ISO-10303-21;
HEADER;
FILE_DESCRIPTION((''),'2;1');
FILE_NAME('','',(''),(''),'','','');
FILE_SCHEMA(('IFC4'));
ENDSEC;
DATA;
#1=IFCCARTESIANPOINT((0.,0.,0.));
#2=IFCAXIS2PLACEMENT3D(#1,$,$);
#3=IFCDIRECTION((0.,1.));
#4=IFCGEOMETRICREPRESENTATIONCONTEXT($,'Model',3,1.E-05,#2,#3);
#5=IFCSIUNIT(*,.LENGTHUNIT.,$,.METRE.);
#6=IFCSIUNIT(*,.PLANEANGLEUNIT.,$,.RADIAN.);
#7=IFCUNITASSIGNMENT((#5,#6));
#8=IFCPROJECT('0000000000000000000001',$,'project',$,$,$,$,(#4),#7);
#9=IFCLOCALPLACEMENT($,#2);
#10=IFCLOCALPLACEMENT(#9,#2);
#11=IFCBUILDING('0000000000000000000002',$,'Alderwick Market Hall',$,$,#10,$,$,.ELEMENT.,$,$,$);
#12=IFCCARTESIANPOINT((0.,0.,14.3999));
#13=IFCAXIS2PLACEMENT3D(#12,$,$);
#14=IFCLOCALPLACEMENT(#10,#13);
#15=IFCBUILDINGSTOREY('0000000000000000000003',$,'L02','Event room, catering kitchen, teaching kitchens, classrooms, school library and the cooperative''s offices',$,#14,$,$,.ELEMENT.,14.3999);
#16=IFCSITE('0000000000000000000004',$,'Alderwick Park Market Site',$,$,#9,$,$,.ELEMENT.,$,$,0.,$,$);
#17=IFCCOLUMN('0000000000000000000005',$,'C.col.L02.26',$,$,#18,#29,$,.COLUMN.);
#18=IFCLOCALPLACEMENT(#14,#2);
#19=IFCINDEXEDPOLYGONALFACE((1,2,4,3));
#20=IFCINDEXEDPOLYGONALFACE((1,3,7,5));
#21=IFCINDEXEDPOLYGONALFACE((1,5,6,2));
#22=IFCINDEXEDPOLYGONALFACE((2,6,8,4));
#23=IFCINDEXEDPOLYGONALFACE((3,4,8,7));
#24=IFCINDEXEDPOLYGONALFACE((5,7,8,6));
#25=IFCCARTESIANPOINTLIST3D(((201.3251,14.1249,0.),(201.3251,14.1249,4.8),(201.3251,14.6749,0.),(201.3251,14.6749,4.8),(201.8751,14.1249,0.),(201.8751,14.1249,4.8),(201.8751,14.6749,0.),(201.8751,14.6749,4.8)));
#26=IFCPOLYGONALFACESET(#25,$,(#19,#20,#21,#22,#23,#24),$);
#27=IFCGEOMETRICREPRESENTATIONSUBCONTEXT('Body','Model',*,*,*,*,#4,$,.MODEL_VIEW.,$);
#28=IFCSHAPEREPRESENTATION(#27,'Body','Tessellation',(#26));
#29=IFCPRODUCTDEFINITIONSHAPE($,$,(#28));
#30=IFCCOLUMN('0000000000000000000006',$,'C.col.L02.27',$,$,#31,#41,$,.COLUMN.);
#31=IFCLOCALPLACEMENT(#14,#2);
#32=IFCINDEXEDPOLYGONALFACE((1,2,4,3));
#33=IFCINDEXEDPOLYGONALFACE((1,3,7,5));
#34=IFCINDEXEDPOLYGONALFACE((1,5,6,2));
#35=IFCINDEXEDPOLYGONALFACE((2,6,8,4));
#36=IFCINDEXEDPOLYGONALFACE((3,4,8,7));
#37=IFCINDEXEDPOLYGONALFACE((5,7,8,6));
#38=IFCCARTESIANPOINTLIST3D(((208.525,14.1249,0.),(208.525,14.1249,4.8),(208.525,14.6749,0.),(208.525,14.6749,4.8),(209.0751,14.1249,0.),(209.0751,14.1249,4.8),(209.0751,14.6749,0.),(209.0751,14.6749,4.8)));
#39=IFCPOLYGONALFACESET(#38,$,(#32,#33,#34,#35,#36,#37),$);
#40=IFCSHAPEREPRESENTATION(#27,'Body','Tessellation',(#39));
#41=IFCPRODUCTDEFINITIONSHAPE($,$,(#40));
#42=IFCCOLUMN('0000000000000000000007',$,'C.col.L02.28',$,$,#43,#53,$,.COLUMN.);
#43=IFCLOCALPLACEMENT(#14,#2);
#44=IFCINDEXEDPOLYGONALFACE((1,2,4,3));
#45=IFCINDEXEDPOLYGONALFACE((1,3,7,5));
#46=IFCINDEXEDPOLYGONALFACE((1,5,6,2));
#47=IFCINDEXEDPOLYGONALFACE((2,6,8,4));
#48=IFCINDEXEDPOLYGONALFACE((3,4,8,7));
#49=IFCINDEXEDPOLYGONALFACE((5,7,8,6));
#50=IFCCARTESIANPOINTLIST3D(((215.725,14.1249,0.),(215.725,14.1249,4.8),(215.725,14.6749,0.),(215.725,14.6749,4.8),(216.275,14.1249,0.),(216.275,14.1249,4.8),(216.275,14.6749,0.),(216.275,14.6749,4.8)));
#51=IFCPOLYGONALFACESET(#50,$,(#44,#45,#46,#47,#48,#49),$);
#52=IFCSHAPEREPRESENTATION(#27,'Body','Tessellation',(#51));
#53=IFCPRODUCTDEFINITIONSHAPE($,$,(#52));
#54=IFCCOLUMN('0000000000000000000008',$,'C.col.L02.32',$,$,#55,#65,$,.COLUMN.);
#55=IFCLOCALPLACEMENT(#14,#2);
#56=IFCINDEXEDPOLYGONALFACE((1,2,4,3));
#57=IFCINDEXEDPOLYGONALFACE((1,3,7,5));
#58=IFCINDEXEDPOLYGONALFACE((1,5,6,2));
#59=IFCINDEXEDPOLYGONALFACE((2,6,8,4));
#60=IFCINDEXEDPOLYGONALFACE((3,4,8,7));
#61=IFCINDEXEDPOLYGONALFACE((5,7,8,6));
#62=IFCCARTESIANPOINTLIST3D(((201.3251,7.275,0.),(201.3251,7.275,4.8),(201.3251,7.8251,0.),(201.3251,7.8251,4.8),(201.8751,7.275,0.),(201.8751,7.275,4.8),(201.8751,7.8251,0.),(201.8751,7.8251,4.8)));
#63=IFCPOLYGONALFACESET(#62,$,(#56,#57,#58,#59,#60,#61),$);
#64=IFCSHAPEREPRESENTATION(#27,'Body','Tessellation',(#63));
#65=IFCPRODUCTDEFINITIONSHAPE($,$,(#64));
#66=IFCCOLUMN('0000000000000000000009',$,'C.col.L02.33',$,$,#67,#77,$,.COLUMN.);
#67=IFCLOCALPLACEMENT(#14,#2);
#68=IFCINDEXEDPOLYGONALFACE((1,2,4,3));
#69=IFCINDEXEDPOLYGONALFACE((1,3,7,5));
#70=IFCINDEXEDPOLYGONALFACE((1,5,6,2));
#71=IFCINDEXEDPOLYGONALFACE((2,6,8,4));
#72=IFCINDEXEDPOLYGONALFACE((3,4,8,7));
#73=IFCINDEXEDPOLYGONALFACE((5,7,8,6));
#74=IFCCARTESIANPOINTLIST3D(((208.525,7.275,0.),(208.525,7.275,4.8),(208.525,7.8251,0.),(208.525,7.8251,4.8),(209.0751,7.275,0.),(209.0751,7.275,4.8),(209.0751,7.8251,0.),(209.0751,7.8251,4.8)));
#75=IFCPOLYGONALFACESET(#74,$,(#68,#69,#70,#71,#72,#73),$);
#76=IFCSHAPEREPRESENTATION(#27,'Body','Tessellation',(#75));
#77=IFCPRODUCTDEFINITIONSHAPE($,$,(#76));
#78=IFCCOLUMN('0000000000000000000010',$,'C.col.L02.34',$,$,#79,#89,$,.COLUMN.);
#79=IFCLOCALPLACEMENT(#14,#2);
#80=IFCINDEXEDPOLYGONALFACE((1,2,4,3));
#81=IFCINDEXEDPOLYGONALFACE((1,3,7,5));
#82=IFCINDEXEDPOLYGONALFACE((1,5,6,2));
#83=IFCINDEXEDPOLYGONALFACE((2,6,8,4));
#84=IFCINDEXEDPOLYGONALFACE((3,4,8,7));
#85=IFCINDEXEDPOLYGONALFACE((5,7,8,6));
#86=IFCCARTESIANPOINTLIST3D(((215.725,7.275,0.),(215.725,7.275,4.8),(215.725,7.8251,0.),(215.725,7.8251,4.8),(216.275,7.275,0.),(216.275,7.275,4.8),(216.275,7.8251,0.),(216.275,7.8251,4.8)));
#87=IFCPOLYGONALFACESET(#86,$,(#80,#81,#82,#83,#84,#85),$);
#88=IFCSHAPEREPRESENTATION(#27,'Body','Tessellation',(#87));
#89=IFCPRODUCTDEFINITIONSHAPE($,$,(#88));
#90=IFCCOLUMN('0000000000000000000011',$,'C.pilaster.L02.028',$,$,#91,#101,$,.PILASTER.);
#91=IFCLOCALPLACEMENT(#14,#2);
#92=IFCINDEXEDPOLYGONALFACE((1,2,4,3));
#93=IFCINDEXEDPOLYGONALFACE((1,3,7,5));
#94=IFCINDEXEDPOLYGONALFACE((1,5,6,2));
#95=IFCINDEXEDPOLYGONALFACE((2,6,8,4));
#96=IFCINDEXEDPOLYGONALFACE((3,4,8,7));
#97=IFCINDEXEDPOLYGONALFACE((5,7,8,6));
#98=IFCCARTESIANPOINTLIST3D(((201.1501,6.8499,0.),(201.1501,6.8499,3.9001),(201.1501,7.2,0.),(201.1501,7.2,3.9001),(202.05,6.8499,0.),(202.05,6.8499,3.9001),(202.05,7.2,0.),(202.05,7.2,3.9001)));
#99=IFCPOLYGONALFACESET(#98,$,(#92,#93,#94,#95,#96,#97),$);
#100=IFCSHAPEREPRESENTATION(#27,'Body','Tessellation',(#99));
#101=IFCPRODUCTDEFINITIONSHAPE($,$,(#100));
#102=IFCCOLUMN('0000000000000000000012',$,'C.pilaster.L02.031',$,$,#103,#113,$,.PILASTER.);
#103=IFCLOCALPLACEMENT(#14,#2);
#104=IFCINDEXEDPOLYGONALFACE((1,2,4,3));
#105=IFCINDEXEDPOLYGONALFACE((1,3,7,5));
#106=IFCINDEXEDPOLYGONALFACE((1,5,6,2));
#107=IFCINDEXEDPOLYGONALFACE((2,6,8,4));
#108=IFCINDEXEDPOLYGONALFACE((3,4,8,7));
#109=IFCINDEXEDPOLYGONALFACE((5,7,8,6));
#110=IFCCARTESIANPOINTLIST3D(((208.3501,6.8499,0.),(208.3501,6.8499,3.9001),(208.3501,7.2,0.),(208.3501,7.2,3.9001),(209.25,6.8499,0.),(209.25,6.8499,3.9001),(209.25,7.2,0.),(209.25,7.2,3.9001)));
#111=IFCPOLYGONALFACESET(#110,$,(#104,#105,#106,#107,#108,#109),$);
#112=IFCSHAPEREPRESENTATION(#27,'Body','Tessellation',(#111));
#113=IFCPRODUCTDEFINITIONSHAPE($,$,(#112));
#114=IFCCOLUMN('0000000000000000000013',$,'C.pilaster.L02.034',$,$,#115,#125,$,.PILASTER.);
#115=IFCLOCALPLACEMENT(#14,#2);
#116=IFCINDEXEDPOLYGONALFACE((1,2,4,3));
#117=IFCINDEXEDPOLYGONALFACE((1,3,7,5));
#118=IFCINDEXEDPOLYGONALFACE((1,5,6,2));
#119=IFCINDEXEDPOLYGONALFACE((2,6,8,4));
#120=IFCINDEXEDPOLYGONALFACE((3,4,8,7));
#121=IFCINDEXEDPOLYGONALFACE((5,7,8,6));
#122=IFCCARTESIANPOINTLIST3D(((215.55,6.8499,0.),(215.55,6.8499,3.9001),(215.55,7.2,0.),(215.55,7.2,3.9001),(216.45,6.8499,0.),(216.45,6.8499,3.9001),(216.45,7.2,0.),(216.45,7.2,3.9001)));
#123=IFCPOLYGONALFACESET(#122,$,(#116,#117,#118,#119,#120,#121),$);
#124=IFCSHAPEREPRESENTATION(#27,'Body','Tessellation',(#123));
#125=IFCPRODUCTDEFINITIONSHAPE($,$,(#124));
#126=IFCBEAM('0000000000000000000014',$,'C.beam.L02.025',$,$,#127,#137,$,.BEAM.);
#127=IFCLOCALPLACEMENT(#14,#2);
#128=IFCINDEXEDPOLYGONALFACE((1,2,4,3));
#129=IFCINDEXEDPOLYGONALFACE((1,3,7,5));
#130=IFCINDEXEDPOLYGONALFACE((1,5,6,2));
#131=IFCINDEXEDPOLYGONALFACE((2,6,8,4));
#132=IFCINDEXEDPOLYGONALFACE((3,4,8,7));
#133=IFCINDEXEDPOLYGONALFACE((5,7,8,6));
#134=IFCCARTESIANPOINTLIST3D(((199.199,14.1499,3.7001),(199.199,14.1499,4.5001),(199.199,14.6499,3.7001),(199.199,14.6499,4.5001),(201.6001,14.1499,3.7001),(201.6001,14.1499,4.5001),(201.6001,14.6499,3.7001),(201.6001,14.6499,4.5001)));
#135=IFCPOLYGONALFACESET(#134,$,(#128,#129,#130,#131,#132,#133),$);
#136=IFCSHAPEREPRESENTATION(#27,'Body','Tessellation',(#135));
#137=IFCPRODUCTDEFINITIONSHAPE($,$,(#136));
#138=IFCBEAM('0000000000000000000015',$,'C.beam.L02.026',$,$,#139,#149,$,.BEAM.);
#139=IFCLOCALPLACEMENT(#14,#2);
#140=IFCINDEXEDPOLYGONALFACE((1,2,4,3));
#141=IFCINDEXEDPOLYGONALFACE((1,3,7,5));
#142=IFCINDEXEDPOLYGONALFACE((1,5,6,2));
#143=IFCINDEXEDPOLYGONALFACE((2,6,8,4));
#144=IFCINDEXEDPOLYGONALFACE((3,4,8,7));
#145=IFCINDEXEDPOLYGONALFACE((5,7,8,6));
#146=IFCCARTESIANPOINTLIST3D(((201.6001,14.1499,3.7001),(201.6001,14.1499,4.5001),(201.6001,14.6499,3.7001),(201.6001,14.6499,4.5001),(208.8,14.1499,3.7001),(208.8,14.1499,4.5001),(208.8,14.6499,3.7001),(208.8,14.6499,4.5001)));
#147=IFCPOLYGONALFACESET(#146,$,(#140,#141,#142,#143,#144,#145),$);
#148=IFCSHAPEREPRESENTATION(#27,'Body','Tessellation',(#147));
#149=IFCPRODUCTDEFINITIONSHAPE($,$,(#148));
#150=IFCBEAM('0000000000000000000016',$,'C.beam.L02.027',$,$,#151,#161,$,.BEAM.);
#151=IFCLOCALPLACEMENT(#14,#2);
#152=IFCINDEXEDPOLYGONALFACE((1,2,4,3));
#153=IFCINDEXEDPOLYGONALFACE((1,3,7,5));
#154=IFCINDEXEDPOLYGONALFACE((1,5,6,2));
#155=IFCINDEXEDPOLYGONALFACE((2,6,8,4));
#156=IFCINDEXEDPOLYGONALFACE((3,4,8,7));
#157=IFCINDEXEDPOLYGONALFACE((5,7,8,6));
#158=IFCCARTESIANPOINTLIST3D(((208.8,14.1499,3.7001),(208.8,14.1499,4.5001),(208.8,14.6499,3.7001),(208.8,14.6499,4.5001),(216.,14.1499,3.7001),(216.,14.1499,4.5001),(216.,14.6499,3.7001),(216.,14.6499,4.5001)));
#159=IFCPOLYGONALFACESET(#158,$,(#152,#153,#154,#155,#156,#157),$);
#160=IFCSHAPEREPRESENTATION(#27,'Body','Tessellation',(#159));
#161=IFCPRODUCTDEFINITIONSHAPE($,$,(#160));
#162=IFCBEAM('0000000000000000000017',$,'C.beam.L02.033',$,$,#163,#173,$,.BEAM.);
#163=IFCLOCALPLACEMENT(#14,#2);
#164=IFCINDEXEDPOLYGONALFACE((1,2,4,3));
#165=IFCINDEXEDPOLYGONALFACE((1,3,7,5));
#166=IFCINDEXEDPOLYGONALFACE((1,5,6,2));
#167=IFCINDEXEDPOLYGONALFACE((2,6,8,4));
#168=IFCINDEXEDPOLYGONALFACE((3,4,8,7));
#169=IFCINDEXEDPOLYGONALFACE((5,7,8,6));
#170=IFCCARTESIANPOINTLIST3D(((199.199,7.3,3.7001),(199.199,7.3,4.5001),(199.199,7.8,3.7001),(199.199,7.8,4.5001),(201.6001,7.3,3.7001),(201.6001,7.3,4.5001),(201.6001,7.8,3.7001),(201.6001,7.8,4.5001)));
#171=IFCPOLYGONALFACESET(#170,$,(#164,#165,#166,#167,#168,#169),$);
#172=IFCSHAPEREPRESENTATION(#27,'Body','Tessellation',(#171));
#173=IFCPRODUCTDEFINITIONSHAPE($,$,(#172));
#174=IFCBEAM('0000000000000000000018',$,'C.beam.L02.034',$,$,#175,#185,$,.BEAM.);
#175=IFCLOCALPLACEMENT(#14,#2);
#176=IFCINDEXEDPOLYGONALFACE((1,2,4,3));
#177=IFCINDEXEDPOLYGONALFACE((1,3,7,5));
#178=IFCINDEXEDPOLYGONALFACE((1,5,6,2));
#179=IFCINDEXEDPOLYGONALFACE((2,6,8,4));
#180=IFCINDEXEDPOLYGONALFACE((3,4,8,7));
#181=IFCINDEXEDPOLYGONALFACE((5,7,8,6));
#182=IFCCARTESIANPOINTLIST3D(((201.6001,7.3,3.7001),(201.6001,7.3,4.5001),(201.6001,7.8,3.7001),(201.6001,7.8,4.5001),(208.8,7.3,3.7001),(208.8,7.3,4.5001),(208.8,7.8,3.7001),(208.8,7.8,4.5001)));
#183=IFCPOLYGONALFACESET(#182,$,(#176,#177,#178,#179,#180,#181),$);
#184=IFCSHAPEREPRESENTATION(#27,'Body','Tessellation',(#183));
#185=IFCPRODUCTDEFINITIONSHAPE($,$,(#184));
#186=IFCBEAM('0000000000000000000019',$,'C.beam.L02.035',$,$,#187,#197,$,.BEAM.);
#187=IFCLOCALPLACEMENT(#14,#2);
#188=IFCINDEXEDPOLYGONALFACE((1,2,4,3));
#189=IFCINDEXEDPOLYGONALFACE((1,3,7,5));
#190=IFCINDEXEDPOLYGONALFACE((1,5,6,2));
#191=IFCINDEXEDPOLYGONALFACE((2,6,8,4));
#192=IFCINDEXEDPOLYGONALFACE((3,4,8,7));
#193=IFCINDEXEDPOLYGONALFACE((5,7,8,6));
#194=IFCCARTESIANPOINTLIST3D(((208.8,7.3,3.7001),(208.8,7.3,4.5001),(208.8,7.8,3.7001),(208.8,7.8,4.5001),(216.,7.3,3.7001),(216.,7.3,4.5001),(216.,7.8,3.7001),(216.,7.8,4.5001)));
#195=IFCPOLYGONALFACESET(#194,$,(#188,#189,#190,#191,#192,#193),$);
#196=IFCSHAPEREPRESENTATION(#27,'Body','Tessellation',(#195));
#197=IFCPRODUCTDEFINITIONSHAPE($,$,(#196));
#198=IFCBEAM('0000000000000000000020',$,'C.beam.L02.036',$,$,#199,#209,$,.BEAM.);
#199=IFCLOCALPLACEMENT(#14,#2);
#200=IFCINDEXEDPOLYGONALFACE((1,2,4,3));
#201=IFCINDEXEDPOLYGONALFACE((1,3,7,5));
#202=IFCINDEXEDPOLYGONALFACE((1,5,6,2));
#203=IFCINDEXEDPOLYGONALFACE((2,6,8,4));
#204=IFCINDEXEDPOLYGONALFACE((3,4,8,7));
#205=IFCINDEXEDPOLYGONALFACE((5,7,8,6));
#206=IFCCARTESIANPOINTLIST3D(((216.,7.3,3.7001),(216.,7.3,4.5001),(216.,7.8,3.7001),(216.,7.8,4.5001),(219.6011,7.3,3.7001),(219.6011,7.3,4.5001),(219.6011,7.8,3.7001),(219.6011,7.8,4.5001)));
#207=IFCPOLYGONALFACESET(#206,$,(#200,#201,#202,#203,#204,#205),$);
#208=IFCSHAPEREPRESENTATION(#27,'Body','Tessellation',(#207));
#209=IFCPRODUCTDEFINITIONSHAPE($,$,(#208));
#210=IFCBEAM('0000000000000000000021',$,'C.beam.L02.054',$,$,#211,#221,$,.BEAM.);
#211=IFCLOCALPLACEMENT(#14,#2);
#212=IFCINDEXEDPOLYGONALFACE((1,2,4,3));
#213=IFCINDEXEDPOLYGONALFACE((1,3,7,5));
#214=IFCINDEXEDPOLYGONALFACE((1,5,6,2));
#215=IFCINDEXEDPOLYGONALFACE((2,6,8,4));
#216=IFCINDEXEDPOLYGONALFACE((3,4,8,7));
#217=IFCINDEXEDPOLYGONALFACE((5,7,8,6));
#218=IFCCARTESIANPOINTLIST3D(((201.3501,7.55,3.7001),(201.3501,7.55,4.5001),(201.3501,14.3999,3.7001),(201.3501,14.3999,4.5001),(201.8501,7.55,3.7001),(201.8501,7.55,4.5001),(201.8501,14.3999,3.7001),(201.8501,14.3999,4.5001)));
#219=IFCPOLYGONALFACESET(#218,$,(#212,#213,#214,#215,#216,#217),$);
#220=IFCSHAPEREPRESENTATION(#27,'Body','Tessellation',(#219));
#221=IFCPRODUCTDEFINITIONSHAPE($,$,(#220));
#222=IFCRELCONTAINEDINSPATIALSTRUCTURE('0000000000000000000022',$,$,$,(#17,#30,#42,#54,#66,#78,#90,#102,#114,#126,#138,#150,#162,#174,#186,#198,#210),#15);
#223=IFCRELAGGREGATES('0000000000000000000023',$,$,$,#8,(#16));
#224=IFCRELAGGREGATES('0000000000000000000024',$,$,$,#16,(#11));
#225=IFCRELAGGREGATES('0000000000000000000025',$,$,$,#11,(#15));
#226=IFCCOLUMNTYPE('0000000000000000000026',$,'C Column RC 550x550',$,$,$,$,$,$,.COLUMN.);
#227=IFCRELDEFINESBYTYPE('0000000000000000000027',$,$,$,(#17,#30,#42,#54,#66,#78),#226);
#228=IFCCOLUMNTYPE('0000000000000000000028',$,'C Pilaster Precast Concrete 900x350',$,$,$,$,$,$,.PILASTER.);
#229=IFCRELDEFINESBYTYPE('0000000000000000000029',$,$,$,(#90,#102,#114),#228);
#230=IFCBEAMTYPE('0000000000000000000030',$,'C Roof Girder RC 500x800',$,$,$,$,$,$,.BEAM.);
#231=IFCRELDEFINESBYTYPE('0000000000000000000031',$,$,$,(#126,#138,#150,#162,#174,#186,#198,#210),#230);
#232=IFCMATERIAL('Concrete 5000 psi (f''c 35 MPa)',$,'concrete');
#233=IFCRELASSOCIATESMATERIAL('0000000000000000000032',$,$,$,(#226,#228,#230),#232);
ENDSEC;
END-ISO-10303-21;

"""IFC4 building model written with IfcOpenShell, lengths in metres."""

from ifc_helpers import new_model, si_unit, direction, frame, origin, origin_2d, place, context, subcontext, project, spatial, rectangle, extrude, material, material_profile, profile_set, type_object, element, save


model = new_model("IFC4")

# Units and contexts
model_context = context("Model", 3, precision=1e-05, world=origin(), true_north=direction((0.0, 1.0)))
body_context = subcontext(model_context, "Body", "Model", "MODEL_VIEW")
ifc_project = project(units=[si_unit("LENGTHUNIT", "METRE"), si_unit("PLANEANGLEUNIT", "RADIAN")], contexts=[model_context])

# Site, building, storey
site_placement = place(None, origin())
site = spatial("IfcSite", under=ifc_project, at=site_placement, Name="Alderwick Park Market Site", CompositionType="ELEMENT", RefElevation=0.0)
building_placement = place(site_placement, origin())
building = spatial("IfcBuilding", under=site, at=building_placement, Name="Alderwick Market Hall", CompositionType="ELEMENT")
storey_placement = place(building_placement, frame((0.0, 0.0, 14.3999)))
storey = spatial("IfcBuildingStorey", under=building, at=storey_placement, Name="L02", Description="Event room, catering kitchen, teaching kitchens, classrooms, school library and the cooperative's offices", CompositionType="ELEMENT", Elevation=14.3999)

# Columns
ifc_material_1 = material(Name="Concrete 5000 psi (f'c 35 MPa)", Category="concrete")
ifc_material_profile_1 = material_profile(ifc_material_1, rectangle(XDim=0.55, YDim=0.55, at=origin_2d()), Name="RC 550x550")
ifc_profile_set_1 = profile_set([ifc_material_profile_1], Name="Concrete 5000 psi (f'c 35 MPa)")
column_type_1 = type_object("IfcColumnType", Name="C Column RC 550x550", PredefinedType="COLUMN", material=ifc_profile_set_1)
for number, where, z_axis, x_axis, name in (
    (1, (201.6001, 14.3999, 0.0), (0.0, 0.0, 1.0), (1.0, 0.0, 0.0), "C.col.L02.26"),
    (2, (208.8, 14.3999, 0.0), (0.0, 0.0, 1.0), (1.0, 0.0, 0.0), "C.col.L02.27"),
    (3, (216.0, 14.3999, 0.0), (0.0, 0.0, 1.0), (1.0, 0.0, 0.0), "C.col.L02.28"),
    (4, (201.6001, 7.55, 0.0), (0.0, 0.0, 1.0), (1.0, 0.0, 0.0), "C.col.L02.32"),
    (5, (208.8, 7.55, 0.0), (0.0, 0.0, 1.0), (1.0, 0.0, 0.0), "C.col.L02.33"),
    (6, (216.0, 7.55, 0.0), (0.0, 0.0, 1.0), (1.0, 0.0, 0.0), "C.col.L02.34"),
):
    element("IfcColumn", number, at=place(storey_placement, frame(where, z_axis=z_axis, x_axis=x_axis)), inside=storey, type_object=column_type_1, Name=name, PredefinedType="COLUMN", context=body_context, shape_type="SweptSolid", body=[
        extrude(rectangle(XDim=0.55, YDim=0.55, at=origin_2d()), origin(), (0.0, 0.0, 1.0), 4.8),
    ])
ifc_material_profile_2 = material_profile(ifc_material_1, rectangle(XDim=0.8999, YDim=0.3501, at=origin_2d()), Name="PC 900x350")
ifc_profile_set_2 = profile_set([ifc_material_profile_2], Name="Concrete 5000 psi (f'c 35 MPa)")
column_type_2 = type_object("IfcColumnType", Name="C Pilaster Precast Concrete 900x350", PredefinedType="PILASTER", material=ifc_profile_set_2)
for number, where, z_axis, x_axis, name in (
    (7, (201.6001, 7.0249, 0.0), (0.0, 0.0, 1.0), (1.0, 0.0, 0.0), "C.pilaster.L02.028"),
    (8, (208.8, 7.0249, 0.0), (0.0, 0.0, 1.0), (1.0, 0.0, 0.0), "C.pilaster.L02.031"),
    (9, (216.0, 7.0249, 0.0), (0.0, 0.0, 1.0), (1.0, 0.0, 0.0), "C.pilaster.L02.034"),
):
    element("IfcColumn", number, at=place(storey_placement, frame(where, z_axis=z_axis, x_axis=x_axis)), inside=storey, type_object=column_type_2, Name=name, PredefinedType="PILASTER", context=body_context, shape_type="SweptSolid", body=[
        extrude(rectangle(XDim=0.8999, YDim=0.3501, at=origin_2d()), origin(), (0.0, 0.0, 1.0), 3.9001),
    ])

# Beams
ifc_material_profile_3 = material_profile(ifc_material_1, rectangle(XDim=0.5, YDim=0.8, at=origin_2d()), Name="RC 500x800")
ifc_profile_set_3 = profile_set([ifc_material_profile_3], Name="Concrete 5000 psi (f'c 35 MPa)")
beam_type = type_object("IfcBeamType", Name="C Roof Girder RC 500x800", PredefinedType="BEAM", material=ifc_profile_set_3)
beam_1_placement = place(storey_placement, frame((199.199, 14.3999, 4.1001), z_axis=(1.0, 0.0, 0.0), x_axis=(0.0, 1.0, 0.0)))
element("IfcBeam", 10, at=beam_1_placement, inside=storey, type_object=beam_type, Name="C.beam.L02.025", PredefinedType="BEAM", context=body_context, shape_type="SweptSolid", body=[
    extrude(rectangle(XDim=0.5, YDim=0.8, at=origin_2d()), origin(), (0.0, 0.0, 1.0), 2.4011),
])
for number, where, z_axis, x_axis, name in (
    (11, (201.6001, 14.3999, 4.1001), (1.0, 0.0, 0.0), (0.0, 1.0, 0.0), "C.beam.L02.026"),
    (12, (208.8, 14.3999, 4.1001), (1.0, 0.0, 0.0), (0.0, 1.0, 0.0), "C.beam.L02.027"),
):
    element("IfcBeam", number, at=place(storey_placement, frame(where, z_axis=z_axis, x_axis=x_axis)), inside=storey, type_object=beam_type, Name=name, PredefinedType="BEAM", context=body_context, shape_type="SweptSolid", body=[
        extrude(rectangle(XDim=0.5, YDim=0.8, at=origin_2d()), origin(), (0.0, 0.0, 1.0), 7.2),
    ])
beam_2_placement = place(storey_placement, frame((199.199, 7.55, 4.1001), z_axis=(1.0, 0.0, 0.0), x_axis=(0.0, 1.0, 0.0)))
element("IfcBeam", 13, at=beam_2_placement, inside=storey, type_object=beam_type, Name="C.beam.L02.033", PredefinedType="BEAM", context=body_context, shape_type="SweptSolid", body=[
    extrude(rectangle(XDim=0.5, YDim=0.8, at=origin_2d()), origin(), (0.0, 0.0, 1.0), 2.4011),
])
for number, where, z_axis, x_axis, name in (
    (14, (201.6001, 7.55, 4.1001), (1.0, 0.0, 0.0), (0.0, 1.0, 0.0), "C.beam.L02.034"),
    (15, (208.8, 7.55, 4.1001), (1.0, 0.0, 0.0), (0.0, 1.0, 0.0), "C.beam.L02.035"),
):
    element("IfcBeam", number, at=place(storey_placement, frame(where, z_axis=z_axis, x_axis=x_axis)), inside=storey, type_object=beam_type, Name=name, PredefinedType="BEAM", context=body_context, shape_type="SweptSolid", body=[
        extrude(rectangle(XDim=0.5, YDim=0.8, at=origin_2d()), origin(), (0.0, 0.0, 1.0), 7.2),
    ])
beam_3_placement = place(storey_placement, frame((216.0, 7.55, 4.1001), z_axis=(1.0, 0.0, 0.0), x_axis=(0.0, 1.0, 0.0)))
element("IfcBeam", 16, at=beam_3_placement, inside=storey, type_object=beam_type, Name="C.beam.L02.036", PredefinedType="BEAM", context=body_context, shape_type="SweptSolid", body=[
    extrude(rectangle(XDim=0.5, YDim=0.8, at=origin_2d()), origin(), (0.0, 0.0, 1.0), 3.6011),
])
for number, where, z_axis, x_axis, name in (
    (17, (201.6001, 14.3999, 4.1001), (0.0, -1.0, 0.0), (1.0, 0.0, 0.0), "C.beam.L02.054"),
):
    element("IfcBeam", number, at=place(storey_placement, frame(where, z_axis=z_axis, x_axis=x_axis)), inside=storey, type_object=beam_type, Name=name, PredefinedType="BEAM", context=body_context, shape_type="SweptSolid", body=[
        extrude(rectangle(XDim=0.5, YDim=0.8, at=origin_2d()), origin(), (0.0, 0.0, 1.0), 6.8499),
    ])

save(model, "model.ifc")
